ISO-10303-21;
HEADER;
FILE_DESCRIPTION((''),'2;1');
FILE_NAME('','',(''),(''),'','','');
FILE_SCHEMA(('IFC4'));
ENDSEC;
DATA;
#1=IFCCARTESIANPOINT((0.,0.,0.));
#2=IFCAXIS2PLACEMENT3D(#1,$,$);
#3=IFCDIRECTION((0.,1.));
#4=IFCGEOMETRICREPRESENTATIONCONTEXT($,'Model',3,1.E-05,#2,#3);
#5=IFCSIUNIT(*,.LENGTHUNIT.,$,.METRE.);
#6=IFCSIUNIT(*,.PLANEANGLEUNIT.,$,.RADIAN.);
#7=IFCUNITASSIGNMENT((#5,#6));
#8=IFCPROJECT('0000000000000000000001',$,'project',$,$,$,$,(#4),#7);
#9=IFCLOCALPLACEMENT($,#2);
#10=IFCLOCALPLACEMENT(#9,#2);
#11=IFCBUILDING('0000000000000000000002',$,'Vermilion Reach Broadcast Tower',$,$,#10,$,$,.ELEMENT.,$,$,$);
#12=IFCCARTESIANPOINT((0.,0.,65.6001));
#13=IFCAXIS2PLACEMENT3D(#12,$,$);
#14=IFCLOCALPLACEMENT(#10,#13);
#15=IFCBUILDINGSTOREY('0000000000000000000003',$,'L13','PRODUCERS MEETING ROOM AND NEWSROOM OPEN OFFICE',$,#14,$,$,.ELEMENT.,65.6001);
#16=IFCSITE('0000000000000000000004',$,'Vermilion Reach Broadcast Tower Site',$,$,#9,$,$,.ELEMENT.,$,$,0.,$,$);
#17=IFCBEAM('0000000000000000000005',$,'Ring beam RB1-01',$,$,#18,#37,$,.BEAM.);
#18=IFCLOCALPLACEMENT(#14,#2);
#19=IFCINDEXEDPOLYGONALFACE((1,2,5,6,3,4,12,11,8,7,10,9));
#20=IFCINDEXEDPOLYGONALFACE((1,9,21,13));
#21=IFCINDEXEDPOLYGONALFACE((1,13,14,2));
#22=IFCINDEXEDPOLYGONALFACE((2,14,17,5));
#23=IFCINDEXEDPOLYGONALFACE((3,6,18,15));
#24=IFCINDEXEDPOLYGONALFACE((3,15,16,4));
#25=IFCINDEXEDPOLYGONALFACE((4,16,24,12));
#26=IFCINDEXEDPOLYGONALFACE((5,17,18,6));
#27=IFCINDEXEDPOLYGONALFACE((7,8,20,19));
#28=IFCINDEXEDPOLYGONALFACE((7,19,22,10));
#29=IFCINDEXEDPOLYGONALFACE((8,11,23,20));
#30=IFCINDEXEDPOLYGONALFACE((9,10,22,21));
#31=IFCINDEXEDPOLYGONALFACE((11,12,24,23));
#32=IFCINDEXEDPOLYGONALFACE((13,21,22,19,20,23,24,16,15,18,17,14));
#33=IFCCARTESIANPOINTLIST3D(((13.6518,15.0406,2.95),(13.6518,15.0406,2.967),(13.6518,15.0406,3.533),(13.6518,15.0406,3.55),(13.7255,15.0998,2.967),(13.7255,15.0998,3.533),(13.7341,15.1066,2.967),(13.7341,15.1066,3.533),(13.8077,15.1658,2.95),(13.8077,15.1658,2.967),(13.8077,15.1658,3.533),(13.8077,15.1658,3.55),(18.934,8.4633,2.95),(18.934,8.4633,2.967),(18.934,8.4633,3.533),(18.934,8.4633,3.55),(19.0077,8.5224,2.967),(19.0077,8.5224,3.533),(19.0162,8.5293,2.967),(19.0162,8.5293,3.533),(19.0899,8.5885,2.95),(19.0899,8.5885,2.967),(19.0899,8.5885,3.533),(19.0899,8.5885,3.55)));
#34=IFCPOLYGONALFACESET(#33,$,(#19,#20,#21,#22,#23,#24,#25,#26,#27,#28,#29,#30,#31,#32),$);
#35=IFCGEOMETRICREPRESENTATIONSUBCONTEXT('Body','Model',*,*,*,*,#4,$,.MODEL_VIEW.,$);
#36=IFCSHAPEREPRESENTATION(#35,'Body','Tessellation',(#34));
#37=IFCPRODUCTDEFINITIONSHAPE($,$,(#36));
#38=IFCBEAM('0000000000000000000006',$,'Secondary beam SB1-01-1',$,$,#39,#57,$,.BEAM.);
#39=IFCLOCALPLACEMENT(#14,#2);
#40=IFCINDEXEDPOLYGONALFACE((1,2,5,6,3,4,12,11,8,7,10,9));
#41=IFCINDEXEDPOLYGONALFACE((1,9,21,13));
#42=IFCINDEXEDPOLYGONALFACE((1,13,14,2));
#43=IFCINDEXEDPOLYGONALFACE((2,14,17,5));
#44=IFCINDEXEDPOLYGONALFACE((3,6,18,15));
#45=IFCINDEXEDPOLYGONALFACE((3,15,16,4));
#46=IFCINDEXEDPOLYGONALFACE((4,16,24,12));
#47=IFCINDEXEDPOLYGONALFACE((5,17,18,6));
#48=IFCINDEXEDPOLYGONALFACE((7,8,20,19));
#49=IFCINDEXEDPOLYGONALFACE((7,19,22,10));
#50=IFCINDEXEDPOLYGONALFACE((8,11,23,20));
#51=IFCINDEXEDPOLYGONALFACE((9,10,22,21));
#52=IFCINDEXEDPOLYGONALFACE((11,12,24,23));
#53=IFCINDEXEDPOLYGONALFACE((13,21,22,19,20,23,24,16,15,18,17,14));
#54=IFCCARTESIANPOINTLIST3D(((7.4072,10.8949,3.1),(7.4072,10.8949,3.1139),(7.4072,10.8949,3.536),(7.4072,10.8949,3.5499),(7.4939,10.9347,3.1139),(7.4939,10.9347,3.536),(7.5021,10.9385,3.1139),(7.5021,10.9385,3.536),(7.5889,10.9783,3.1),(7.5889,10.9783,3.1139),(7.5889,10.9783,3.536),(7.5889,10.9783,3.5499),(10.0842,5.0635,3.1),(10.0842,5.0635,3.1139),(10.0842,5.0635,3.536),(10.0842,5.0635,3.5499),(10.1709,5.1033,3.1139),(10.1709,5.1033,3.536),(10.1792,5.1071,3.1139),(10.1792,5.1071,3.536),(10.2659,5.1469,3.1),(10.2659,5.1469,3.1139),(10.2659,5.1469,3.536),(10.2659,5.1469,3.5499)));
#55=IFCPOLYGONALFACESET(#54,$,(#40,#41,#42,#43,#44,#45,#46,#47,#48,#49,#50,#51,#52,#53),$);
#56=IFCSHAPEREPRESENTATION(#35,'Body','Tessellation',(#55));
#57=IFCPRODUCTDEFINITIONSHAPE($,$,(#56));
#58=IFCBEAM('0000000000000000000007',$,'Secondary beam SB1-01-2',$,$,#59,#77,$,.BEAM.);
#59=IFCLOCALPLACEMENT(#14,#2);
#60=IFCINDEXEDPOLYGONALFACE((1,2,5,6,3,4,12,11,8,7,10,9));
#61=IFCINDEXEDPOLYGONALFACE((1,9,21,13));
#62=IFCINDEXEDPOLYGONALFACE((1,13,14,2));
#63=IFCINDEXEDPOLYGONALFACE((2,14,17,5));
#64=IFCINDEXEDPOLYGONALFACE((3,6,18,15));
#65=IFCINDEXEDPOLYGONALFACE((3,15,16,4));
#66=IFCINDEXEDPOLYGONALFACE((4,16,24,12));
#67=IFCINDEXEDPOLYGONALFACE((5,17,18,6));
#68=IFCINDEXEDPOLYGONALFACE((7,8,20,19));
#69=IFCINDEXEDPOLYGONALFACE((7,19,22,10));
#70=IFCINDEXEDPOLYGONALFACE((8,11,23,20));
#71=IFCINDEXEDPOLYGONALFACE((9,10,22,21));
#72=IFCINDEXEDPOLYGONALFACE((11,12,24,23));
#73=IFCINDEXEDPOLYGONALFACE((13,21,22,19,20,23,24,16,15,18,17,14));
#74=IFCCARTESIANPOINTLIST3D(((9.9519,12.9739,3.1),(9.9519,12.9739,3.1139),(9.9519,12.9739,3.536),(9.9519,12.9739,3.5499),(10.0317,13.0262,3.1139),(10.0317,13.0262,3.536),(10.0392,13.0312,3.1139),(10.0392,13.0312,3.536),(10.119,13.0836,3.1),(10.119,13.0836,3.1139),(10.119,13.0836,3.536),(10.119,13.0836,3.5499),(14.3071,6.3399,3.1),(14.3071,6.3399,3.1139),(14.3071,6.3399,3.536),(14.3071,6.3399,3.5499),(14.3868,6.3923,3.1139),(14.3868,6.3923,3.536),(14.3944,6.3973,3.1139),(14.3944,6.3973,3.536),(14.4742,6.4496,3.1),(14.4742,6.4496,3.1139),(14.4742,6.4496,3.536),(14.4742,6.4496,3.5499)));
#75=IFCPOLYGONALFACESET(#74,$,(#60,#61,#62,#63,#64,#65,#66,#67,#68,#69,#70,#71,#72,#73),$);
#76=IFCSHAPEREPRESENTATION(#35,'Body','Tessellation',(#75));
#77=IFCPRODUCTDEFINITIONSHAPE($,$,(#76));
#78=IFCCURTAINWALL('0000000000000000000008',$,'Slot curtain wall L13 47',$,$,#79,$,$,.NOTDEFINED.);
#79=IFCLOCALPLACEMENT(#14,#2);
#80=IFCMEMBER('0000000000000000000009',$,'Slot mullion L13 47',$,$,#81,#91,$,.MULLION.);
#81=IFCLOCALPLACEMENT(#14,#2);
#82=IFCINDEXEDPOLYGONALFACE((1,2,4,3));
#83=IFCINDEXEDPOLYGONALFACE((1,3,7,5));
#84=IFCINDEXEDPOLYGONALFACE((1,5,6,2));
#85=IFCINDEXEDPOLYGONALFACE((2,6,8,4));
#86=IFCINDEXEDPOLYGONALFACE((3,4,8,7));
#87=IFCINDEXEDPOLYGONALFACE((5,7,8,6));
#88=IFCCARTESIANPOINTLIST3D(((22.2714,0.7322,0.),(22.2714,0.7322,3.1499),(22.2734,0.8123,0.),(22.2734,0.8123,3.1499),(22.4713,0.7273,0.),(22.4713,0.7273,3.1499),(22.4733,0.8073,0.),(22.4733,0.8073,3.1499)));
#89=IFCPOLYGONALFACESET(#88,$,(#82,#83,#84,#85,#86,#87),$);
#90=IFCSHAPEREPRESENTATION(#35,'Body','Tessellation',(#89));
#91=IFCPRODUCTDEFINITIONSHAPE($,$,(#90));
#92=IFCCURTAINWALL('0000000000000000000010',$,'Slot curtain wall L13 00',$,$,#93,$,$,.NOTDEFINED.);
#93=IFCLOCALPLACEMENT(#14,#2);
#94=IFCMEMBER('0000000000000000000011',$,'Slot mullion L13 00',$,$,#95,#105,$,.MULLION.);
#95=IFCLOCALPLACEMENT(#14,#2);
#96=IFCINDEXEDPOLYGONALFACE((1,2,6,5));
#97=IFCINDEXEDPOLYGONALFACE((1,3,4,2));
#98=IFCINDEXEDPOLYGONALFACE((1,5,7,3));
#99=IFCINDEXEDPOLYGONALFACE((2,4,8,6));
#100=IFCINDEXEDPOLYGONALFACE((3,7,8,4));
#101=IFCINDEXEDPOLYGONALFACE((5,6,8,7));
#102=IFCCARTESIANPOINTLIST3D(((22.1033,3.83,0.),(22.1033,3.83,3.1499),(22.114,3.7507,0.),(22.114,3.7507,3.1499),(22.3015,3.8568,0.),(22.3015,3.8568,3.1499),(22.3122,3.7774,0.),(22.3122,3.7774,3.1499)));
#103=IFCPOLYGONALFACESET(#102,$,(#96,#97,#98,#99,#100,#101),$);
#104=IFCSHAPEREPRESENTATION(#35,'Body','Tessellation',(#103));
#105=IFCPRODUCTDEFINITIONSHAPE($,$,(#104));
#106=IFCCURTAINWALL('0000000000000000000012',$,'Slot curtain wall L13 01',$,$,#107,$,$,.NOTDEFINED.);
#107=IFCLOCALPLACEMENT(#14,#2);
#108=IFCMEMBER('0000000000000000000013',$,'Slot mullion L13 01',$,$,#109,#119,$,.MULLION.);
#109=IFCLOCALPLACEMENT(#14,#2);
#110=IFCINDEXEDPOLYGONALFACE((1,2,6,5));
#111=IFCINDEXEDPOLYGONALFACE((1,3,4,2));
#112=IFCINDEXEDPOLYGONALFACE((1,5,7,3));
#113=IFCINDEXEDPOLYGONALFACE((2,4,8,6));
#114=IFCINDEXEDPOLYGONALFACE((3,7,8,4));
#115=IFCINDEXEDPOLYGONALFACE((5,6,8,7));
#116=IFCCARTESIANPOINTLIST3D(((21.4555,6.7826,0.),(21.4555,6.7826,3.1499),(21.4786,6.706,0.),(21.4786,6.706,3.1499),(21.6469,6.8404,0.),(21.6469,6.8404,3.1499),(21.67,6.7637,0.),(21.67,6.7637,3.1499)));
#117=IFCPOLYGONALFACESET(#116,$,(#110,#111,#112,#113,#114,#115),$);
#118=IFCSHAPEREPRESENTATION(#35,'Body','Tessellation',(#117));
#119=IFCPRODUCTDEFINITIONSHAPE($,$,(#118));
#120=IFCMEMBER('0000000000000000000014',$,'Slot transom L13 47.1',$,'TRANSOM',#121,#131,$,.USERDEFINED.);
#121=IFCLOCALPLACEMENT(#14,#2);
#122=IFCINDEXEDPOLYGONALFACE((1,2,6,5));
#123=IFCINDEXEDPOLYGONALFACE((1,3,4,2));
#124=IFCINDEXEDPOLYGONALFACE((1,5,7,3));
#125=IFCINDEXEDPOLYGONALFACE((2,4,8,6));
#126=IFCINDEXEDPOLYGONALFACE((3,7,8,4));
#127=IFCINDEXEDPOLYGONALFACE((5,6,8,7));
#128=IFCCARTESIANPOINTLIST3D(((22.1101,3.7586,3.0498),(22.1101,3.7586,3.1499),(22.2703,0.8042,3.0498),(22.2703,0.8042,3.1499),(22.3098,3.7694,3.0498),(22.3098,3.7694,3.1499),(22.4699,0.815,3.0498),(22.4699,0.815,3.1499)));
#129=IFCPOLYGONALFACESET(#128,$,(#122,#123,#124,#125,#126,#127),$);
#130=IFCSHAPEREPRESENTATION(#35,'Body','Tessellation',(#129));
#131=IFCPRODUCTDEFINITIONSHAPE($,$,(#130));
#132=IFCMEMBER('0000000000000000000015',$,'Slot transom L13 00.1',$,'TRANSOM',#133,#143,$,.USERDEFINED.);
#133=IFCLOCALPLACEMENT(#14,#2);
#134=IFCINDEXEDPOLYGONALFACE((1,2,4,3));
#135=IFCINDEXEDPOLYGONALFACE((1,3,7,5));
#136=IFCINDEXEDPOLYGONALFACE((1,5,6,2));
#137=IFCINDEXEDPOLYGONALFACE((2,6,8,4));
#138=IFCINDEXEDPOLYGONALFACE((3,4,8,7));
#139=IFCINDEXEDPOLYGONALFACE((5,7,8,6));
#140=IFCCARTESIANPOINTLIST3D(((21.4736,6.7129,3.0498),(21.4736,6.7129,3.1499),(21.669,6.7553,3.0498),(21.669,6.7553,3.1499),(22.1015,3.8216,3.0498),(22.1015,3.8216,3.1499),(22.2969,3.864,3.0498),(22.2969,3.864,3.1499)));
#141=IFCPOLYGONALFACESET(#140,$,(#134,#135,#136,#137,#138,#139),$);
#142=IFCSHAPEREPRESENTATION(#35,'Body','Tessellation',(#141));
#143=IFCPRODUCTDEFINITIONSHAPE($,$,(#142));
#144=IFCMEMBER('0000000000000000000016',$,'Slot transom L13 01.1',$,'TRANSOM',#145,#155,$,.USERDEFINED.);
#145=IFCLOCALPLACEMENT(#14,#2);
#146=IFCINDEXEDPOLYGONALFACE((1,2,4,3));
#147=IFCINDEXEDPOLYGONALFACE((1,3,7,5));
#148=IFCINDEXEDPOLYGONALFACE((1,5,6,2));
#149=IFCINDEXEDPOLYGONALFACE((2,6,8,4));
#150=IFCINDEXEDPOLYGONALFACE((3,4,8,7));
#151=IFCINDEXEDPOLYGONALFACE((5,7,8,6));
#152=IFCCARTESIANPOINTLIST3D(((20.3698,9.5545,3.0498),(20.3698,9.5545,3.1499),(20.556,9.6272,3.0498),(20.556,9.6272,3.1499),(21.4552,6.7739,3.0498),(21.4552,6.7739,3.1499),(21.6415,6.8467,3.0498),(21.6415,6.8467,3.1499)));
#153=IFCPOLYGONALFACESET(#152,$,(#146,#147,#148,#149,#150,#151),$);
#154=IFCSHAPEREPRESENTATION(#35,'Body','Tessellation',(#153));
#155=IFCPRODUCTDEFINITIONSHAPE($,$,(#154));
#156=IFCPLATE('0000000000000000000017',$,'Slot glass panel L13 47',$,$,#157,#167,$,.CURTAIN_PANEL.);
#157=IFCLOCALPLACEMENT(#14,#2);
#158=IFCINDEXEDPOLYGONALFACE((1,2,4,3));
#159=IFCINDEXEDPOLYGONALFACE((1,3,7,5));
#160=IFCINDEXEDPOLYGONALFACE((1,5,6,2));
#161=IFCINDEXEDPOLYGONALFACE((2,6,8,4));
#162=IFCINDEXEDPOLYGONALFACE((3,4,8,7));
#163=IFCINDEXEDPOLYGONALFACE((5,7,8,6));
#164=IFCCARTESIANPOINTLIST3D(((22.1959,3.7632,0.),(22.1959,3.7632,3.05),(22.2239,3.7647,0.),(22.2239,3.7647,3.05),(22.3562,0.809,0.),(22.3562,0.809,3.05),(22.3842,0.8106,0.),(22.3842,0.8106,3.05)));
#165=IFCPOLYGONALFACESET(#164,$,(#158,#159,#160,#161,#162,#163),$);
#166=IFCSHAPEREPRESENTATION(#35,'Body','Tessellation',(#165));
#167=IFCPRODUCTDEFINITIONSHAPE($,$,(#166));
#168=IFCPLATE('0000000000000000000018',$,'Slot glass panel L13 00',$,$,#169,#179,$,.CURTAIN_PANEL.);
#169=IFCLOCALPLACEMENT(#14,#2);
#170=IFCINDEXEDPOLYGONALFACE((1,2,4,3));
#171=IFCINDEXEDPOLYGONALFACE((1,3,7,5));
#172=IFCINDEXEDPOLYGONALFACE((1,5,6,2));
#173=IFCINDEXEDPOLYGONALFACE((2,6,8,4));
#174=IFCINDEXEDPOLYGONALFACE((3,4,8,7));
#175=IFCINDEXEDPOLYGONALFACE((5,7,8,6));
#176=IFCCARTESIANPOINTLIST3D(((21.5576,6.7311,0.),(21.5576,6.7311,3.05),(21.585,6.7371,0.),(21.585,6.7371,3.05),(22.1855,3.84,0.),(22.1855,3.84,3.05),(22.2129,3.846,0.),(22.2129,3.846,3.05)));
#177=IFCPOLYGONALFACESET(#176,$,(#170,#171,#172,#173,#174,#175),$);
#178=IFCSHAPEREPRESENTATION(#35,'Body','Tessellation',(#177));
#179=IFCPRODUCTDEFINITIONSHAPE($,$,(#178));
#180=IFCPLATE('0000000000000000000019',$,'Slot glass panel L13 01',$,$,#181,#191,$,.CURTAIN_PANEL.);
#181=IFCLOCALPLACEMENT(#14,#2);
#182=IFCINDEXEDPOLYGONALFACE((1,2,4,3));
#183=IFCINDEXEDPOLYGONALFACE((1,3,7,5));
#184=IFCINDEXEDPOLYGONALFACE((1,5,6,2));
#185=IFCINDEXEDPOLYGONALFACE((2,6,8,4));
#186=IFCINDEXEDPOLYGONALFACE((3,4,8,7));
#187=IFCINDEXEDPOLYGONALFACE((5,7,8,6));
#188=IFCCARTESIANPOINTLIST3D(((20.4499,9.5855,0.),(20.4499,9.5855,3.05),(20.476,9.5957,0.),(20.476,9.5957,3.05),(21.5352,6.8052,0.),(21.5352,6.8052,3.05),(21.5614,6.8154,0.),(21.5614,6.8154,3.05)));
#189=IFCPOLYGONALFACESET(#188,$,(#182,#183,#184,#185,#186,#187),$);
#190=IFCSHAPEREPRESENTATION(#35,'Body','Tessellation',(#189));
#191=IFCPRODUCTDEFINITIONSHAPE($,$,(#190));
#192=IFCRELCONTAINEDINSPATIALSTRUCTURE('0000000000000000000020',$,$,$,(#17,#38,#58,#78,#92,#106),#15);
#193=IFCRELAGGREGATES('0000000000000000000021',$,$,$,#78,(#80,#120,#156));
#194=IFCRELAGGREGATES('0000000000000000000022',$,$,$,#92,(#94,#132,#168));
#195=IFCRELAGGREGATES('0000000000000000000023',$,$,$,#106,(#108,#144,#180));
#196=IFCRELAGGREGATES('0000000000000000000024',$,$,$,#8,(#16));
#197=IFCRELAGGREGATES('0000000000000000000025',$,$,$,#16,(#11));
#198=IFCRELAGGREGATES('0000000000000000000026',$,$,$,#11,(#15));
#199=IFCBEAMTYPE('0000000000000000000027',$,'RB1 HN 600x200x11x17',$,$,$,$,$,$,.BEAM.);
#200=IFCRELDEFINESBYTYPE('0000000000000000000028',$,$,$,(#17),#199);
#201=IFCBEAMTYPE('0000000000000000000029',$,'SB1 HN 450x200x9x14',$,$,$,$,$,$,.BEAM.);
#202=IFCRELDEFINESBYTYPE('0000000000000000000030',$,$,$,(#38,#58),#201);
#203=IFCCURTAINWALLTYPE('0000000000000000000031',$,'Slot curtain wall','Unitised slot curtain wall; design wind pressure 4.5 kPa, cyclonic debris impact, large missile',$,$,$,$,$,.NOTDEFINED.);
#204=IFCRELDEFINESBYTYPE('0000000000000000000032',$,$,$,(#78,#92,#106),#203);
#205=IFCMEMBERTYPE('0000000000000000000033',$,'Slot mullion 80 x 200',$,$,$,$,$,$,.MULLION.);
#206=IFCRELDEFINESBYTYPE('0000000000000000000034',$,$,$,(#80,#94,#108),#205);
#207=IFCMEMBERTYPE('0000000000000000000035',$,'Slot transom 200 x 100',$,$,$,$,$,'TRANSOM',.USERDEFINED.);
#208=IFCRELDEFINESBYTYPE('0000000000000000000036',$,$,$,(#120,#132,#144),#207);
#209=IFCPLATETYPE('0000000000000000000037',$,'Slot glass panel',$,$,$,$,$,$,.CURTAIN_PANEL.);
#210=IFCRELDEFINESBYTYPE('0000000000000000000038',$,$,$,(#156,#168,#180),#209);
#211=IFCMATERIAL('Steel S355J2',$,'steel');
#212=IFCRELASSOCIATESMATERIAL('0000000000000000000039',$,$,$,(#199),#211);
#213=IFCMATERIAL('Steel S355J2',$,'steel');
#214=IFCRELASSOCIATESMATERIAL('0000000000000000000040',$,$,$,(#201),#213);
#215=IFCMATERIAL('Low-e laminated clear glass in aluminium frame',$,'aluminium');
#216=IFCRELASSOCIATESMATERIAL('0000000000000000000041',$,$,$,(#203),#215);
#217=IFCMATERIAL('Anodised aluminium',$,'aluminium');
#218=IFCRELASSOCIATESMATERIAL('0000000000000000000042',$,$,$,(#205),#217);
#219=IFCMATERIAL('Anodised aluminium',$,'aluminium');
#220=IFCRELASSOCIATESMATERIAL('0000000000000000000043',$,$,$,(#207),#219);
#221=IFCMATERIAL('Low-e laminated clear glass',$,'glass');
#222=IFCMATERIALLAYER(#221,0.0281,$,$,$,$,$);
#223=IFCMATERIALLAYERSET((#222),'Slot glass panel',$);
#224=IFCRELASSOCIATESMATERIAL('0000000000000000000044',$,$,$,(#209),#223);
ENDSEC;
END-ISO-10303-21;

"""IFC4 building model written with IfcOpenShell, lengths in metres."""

from ifc_helpers import new_model, si_unit, direction, frame, origin, origin_2d, place, context, subcontext, project, spatial, rectangle, i_section, extrude, material, layer, layer_set, material_profile, profile_set, type_object, element, aggregate, save


model = new_model("IFC4")

# Units and contexts
model_context = context("Model", 3, precision=1e-05, world=origin(), true_north=direction((0.0, 1.0)))
body_context = subcontext(model_context, "Body", "Model", "MODEL_VIEW")
ifc_project = project(units=[si_unit("LENGTHUNIT", "METRE"), si_unit("PLANEANGLEUNIT", "RADIAN")], contexts=[model_context])

# Site, building, storey
site_placement = place(None, origin())
site = spatial("IfcSite", under=ifc_project, at=site_placement, Name="Vermilion Reach Broadcast Tower Site", CompositionType="ELEMENT", RefElevation=0.0)
building_placement = place(site_placement, origin())
building = spatial("IfcBuilding", under=site, at=building_placement, Name="Vermilion Reach Broadcast Tower", CompositionType="ELEMENT")
storey_placement = place(building_placement, frame((0.0, 0.0, 65.6001)))
storey = spatial("IfcBuildingStorey", under=building, at=storey_placement, Name="L13", Description="PRODUCERS MEETING ROOM AND NEWSROOM OPEN OFFICE", CompositionType="ELEMENT", Elevation=65.6001)

# Beams
ifc_material_1 = material(Name="Steel S355J2", Category="steel")
ifc_material_profile_1 = material_profile(ifc_material_1, i_section(OverallWidth=0.2, OverallDepth=0.6001, WebThickness=0.011, FlangeThickness=0.0171, at=origin_2d()), Name="S355J2 HN 600x200x11x17")
ifc_profile_set_1 = profile_set([ifc_material_profile_1], Name="Steel S355J2")
beam_type_1 = type_object("IfcBeamType", Name="RB1 HN 600x200x11x17", PredefinedType="BEAM", material=ifc_profile_set_1)
beam_1_placement = place(storey_placement, frame((19.012, 8.5259, 3.25), z_axis=(-0.626162, 0.779693, 0.0), x_axis=(-0.779693, -0.626162, 0.0)))
element("IfcBeam", 1, at=beam_1_placement, inside=storey, type_object=beam_type_1, Name="Ring beam RB1-01", PredefinedType="BEAM", context=body_context, shape_type="SweptSolid", body=[
    extrude(i_section(OverallWidth=0.2, OverallDepth=0.6001, WebThickness=0.011, FlangeThickness=0.0171, at=origin_2d()), origin(), (0.0, 0.0, 1.0), 8.4358),
])
ifc_material_2 = material(Name="Steel S355J2", Category="steel")
ifc_material_profile_2 = material_profile(ifc_material_2, i_section(OverallWidth=0.2, OverallDepth=0.45, WebThickness=0.009, FlangeThickness=0.0139, at=origin_2d()), Name="S355J2 HN 450x200x9x14")
ifc_profile_set_2 = profile_set([ifc_material_profile_2], Name="Steel S355J2")
beam_type_2 = type_object("IfcBeamType", Name="SB1 HN 450x200x9x14", PredefinedType="BEAM", material=ifc_profile_set_2)
beam_2_placement = place(storey_placement, frame((10.175, 5.1052, 3.325), z_axis=(-0.417211, 0.908809, 0.0), x_axis=(-0.908809, -0.417211, 0.0)))
element("IfcBeam", 2, at=beam_2_placement, inside=storey, type_object=beam_type_2, Name="Secondary beam SB1-01-1", PredefinedType="BEAM", context=body_context, shape_type="SweptSolid", body=[
    extrude(i_section(OverallWidth=0.2, OverallDepth=0.45, WebThickness=0.009, FlangeThickness=0.0139, at=origin_2d()), origin(), (0.0, 0.0, 1.0), 6.4165),
])
beam_3_placement = place(storey_placement, frame((14.3906, 6.3948, 3.325), z_axis=(-0.548801, 0.835953, 0.0), x_axis=(-0.835953, -0.548801, 0.0)))
element("IfcBeam", 3, at=beam_3_placement, inside=storey, type_object=beam_type_2, Name="Secondary beam SB1-01-2", PredefinedType="BEAM", context=body_context, shape_type="SweptSolid", body=[
    extrude(i_section(OverallWidth=0.2, OverallDepth=0.45, WebThickness=0.009, FlangeThickness=0.0139, at=origin_2d()), origin(), (0.0, 0.0, 1.0), 7.9358),
])

# Curtain walls, members
ifc_material_3 = material(Name="Low-e laminated clear glass in aluminium frame", Category="aluminium")
curtain_wall_type = type_object("IfcCurtainWallType", Name="Slot curtain wall", Description="Unitised slot curtain wall; design wind pressure 4.5 kPa, cyclonic debris impact, large missile", PredefinedType="NOTDEFINED", material=ifc_material_3)
placement = place(storey_placement, origin())
curtain_wall_1 = element("IfcCurtainWall", 4, at=placement, inside=storey, type_object=curtain_wall_type, Name="Slot curtain wall L13 47", PredefinedType="NOTDEFINED")
ifc_material_4 = material(Name="Anodised aluminium", Category="aluminium")
ifc_material_profile_3 = material_profile(ifc_material_4, rectangle(XDim=0.2, YDim=0.0801, at=origin_2d()), Name="Slot mullion 80 x 200")
ifc_profile_set_3 = profile_set([ifc_material_profile_3], Name="Anodised aluminium")
member_type_1 = type_object("IfcMemberType", Name="Slot mullion 80 x 200", PredefinedType="MULLION", material=ifc_profile_set_3)
member_1_placement = place(storey_placement, frame((22.3723, 0.7698, 0.0), z_axis=(0.0, 0.0, 1.0), x_axis=(-0.999689, 0.024936, 0.0)))
member_1 = element("IfcMember", 5, at=member_1_placement, type_object=member_type_1, Name="Slot mullion L13 47", PredefinedType="MULLION", context=body_context, shape_type="SweptSolid", body=[
    extrude(rectangle(XDim=0.2, YDim=0.0801, at=origin_2d()), origin(), (0.0, 0.0, 1.0), 3.1499),
])
curtain_wall_2 = element("IfcCurtainWall", 6, at=placement, inside=storey, type_object=curtain_wall_type, Name="Slot curtain wall L13 00", PredefinedType="NOTDEFINED")
member_2_placement = place(storey_placement, frame((22.2078, 3.8037, 0.0), z_axis=(0.0, 0.0, 1.0), x_axis=(-0.99103, -0.13364, 0.0)))
member_2 = element("IfcMember", 7, at=member_2_placement, type_object=member_type_1, Name="Slot mullion L13 00", PredefinedType="MULLION", context=body_context, shape_type="SweptSolid", body=[
    extrude(rectangle(XDim=0.2, YDim=0.0801, at=origin_2d()), origin(), (0.0, 0.0, 1.0), 3.1499),
])
curtain_wall_3 = element("IfcCurtainWall", 8, at=placement, inside=storey, type_object=curtain_wall_type, Name="Slot curtain wall L13 01", PredefinedType="NOTDEFINED")
member_3_placement = place(storey_placement, frame((21.5627, 6.7732, 0.0), z_axis=(0.0, 0.0, 1.0), x_axis=(-0.957376, -0.288846, 0.0)))
member_3 = element("IfcMember", 9, at=member_3_placement, type_object=member_type_1, Name="Slot mullion L13 01", PredefinedType="MULLION", context=body_context, shape_type="SweptSolid", body=[
    extrude(rectangle(XDim=0.2, YDim=0.0801, at=origin_2d()), origin(), (0.0, 0.0, 1.0), 3.1499),
])

# Members
ifc_material_5 = material(Name="Anodised aluminium", Category="aluminium")
ifc_material_profile_4 = material_profile(ifc_material_5, rectangle(XDim=0.2, YDim=0.1001, at=origin_2d()), Name="Slot transom 200 x 100")
ifc_profile_set_4 = profile_set([ifc_material_profile_4], Name="Anodised aluminium")
member_type_2 = type_object("IfcMemberType", Name="Slot transom 200 x 100", ElementType="TRANSOM", PredefinedType="USERDEFINED", material=ifc_profile_set_4)
member_4_placement = place(storey_placement, frame((22.3701, 0.8096, 3.0999), z_axis=(-0.054131, 0.998534, 0.0), x_axis=(-0.998534, -0.054131, 0.0)))
member_4 = element("IfcMember", 10, at=member_4_placement, type_object=member_type_2, Name="Slot transom L13 47.1", ObjectType="TRANSOM", PredefinedType="USERDEFINED", context=body_context, shape_type="SweptSolid", body=[
    extrude(rectangle(XDim=0.2, YDim=0.1001, at=origin_2d()), origin(), (0.0, 0.0, 1.0), 2.9587),
])
member_5_placement = place(storey_placement, frame((22.1992, 3.8428, 3.0999), z_axis=(-0.212228, 0.97722, 0.0), x_axis=(-0.97722, -0.212228, 0.0)))
member_5 = element("IfcMember", 11, at=member_5_placement, type_object=member_type_2, Name="Slot transom L13 00.1", ObjectType="TRANSOM", PredefinedType="USERDEFINED", context=body_context, shape_type="SweptSolid", body=[
    extrude(rectangle(XDim=0.2, YDim=0.1001, at=origin_2d()), origin(), (0.0, 0.0, 1.0), 2.9587),
])
member_6_placement = place(storey_placement, frame((21.5483, 6.8103, 3.0999), z_axis=(-0.36365, 0.931536, 0.0), x_axis=(-0.931536, -0.36365, 0.0)))
member_6 = element("IfcMember", 12, at=member_6_placement, type_object=member_type_2, Name="Slot transom L13 01.1", ObjectType="TRANSOM", PredefinedType="USERDEFINED", context=body_context, shape_type="SweptSolid", body=[
    extrude(rectangle(XDim=0.2, YDim=0.1001, at=origin_2d()), origin(), (0.0, 0.0, 1.0), 2.9849),
])

# Plates
ifc_material_6 = material(Name="Low-e laminated clear glass", Category="glass")
ifc_layer_1 = layer(ifc_material_6, 0.0281)
ifc_layer_set_1 = layer_set([ifc_layer_1], Name="Slot glass panel")
plate_type = type_object("IfcPlateType", Name="Slot glass panel", PredefinedType="CURTAIN_PANEL", material=ifc_layer_set_1)
plate_1_placement = place(storey_placement, frame((22.29, 2.2869, 0.0), z_axis=(0.0, 0.0, 1.0), x_axis=(-0.054197, 0.99853, 0.0)))
plate_1 = element("IfcPlate", 13, at=plate_1_placement, type_object=plate_type, Name="Slot glass panel L13 47", PredefinedType="CURTAIN_PANEL", context=body_context, shape_type="SweptSolid", body=[
    extrude(rectangle(XDim=2.9585, YDim=0.0281, at=origin_2d()), origin(), (0.0, 0.0, 1.0), 3.05),
])
aggregate(curtain_wall_1, [member_1, member_4, plate_1])
plate_2_placement = place(storey_placement, frame((21.8853, 5.2886, 0.0), z_axis=(0.0, 0.0, 1.0), x_axis=(-0.212233, 0.977219, 0.0)))
plate_2 = element("IfcPlate", 14, at=plate_2_placement, type_object=plate_type, Name="Slot glass panel L13 00", PredefinedType="CURTAIN_PANEL", context=body_context, shape_type="SweptSolid", body=[
    extrude(rectangle(XDim=2.9585, YDim=0.0281, at=origin_2d()), origin(), (0.0, 0.0, 1.0), 3.05),
])
aggregate(curtain_wall_2, [member_2, member_5, plate_2])
plate_3_placement = place(storey_placement, frame((21.0056, 8.2004, 0.0), z_axis=(0.0, 0.0, 1.0), x_axis=(-0.36365, 0.931536, 0.0)))
plate_3 = element("IfcPlate", 15, at=plate_3_placement, type_object=plate_type, Name="Slot glass panel L13 01", PredefinedType="CURTAIN_PANEL", context=body_context, shape_type="SweptSolid", body=[
    extrude(rectangle(XDim=2.9846, YDim=0.0281, at=origin_2d()), origin(), (0.0, 0.0, 1.0), 3.05),
])
aggregate(curtain_wall_3, [member_3, member_6, plate_3])

save(model, "model.ifc")
